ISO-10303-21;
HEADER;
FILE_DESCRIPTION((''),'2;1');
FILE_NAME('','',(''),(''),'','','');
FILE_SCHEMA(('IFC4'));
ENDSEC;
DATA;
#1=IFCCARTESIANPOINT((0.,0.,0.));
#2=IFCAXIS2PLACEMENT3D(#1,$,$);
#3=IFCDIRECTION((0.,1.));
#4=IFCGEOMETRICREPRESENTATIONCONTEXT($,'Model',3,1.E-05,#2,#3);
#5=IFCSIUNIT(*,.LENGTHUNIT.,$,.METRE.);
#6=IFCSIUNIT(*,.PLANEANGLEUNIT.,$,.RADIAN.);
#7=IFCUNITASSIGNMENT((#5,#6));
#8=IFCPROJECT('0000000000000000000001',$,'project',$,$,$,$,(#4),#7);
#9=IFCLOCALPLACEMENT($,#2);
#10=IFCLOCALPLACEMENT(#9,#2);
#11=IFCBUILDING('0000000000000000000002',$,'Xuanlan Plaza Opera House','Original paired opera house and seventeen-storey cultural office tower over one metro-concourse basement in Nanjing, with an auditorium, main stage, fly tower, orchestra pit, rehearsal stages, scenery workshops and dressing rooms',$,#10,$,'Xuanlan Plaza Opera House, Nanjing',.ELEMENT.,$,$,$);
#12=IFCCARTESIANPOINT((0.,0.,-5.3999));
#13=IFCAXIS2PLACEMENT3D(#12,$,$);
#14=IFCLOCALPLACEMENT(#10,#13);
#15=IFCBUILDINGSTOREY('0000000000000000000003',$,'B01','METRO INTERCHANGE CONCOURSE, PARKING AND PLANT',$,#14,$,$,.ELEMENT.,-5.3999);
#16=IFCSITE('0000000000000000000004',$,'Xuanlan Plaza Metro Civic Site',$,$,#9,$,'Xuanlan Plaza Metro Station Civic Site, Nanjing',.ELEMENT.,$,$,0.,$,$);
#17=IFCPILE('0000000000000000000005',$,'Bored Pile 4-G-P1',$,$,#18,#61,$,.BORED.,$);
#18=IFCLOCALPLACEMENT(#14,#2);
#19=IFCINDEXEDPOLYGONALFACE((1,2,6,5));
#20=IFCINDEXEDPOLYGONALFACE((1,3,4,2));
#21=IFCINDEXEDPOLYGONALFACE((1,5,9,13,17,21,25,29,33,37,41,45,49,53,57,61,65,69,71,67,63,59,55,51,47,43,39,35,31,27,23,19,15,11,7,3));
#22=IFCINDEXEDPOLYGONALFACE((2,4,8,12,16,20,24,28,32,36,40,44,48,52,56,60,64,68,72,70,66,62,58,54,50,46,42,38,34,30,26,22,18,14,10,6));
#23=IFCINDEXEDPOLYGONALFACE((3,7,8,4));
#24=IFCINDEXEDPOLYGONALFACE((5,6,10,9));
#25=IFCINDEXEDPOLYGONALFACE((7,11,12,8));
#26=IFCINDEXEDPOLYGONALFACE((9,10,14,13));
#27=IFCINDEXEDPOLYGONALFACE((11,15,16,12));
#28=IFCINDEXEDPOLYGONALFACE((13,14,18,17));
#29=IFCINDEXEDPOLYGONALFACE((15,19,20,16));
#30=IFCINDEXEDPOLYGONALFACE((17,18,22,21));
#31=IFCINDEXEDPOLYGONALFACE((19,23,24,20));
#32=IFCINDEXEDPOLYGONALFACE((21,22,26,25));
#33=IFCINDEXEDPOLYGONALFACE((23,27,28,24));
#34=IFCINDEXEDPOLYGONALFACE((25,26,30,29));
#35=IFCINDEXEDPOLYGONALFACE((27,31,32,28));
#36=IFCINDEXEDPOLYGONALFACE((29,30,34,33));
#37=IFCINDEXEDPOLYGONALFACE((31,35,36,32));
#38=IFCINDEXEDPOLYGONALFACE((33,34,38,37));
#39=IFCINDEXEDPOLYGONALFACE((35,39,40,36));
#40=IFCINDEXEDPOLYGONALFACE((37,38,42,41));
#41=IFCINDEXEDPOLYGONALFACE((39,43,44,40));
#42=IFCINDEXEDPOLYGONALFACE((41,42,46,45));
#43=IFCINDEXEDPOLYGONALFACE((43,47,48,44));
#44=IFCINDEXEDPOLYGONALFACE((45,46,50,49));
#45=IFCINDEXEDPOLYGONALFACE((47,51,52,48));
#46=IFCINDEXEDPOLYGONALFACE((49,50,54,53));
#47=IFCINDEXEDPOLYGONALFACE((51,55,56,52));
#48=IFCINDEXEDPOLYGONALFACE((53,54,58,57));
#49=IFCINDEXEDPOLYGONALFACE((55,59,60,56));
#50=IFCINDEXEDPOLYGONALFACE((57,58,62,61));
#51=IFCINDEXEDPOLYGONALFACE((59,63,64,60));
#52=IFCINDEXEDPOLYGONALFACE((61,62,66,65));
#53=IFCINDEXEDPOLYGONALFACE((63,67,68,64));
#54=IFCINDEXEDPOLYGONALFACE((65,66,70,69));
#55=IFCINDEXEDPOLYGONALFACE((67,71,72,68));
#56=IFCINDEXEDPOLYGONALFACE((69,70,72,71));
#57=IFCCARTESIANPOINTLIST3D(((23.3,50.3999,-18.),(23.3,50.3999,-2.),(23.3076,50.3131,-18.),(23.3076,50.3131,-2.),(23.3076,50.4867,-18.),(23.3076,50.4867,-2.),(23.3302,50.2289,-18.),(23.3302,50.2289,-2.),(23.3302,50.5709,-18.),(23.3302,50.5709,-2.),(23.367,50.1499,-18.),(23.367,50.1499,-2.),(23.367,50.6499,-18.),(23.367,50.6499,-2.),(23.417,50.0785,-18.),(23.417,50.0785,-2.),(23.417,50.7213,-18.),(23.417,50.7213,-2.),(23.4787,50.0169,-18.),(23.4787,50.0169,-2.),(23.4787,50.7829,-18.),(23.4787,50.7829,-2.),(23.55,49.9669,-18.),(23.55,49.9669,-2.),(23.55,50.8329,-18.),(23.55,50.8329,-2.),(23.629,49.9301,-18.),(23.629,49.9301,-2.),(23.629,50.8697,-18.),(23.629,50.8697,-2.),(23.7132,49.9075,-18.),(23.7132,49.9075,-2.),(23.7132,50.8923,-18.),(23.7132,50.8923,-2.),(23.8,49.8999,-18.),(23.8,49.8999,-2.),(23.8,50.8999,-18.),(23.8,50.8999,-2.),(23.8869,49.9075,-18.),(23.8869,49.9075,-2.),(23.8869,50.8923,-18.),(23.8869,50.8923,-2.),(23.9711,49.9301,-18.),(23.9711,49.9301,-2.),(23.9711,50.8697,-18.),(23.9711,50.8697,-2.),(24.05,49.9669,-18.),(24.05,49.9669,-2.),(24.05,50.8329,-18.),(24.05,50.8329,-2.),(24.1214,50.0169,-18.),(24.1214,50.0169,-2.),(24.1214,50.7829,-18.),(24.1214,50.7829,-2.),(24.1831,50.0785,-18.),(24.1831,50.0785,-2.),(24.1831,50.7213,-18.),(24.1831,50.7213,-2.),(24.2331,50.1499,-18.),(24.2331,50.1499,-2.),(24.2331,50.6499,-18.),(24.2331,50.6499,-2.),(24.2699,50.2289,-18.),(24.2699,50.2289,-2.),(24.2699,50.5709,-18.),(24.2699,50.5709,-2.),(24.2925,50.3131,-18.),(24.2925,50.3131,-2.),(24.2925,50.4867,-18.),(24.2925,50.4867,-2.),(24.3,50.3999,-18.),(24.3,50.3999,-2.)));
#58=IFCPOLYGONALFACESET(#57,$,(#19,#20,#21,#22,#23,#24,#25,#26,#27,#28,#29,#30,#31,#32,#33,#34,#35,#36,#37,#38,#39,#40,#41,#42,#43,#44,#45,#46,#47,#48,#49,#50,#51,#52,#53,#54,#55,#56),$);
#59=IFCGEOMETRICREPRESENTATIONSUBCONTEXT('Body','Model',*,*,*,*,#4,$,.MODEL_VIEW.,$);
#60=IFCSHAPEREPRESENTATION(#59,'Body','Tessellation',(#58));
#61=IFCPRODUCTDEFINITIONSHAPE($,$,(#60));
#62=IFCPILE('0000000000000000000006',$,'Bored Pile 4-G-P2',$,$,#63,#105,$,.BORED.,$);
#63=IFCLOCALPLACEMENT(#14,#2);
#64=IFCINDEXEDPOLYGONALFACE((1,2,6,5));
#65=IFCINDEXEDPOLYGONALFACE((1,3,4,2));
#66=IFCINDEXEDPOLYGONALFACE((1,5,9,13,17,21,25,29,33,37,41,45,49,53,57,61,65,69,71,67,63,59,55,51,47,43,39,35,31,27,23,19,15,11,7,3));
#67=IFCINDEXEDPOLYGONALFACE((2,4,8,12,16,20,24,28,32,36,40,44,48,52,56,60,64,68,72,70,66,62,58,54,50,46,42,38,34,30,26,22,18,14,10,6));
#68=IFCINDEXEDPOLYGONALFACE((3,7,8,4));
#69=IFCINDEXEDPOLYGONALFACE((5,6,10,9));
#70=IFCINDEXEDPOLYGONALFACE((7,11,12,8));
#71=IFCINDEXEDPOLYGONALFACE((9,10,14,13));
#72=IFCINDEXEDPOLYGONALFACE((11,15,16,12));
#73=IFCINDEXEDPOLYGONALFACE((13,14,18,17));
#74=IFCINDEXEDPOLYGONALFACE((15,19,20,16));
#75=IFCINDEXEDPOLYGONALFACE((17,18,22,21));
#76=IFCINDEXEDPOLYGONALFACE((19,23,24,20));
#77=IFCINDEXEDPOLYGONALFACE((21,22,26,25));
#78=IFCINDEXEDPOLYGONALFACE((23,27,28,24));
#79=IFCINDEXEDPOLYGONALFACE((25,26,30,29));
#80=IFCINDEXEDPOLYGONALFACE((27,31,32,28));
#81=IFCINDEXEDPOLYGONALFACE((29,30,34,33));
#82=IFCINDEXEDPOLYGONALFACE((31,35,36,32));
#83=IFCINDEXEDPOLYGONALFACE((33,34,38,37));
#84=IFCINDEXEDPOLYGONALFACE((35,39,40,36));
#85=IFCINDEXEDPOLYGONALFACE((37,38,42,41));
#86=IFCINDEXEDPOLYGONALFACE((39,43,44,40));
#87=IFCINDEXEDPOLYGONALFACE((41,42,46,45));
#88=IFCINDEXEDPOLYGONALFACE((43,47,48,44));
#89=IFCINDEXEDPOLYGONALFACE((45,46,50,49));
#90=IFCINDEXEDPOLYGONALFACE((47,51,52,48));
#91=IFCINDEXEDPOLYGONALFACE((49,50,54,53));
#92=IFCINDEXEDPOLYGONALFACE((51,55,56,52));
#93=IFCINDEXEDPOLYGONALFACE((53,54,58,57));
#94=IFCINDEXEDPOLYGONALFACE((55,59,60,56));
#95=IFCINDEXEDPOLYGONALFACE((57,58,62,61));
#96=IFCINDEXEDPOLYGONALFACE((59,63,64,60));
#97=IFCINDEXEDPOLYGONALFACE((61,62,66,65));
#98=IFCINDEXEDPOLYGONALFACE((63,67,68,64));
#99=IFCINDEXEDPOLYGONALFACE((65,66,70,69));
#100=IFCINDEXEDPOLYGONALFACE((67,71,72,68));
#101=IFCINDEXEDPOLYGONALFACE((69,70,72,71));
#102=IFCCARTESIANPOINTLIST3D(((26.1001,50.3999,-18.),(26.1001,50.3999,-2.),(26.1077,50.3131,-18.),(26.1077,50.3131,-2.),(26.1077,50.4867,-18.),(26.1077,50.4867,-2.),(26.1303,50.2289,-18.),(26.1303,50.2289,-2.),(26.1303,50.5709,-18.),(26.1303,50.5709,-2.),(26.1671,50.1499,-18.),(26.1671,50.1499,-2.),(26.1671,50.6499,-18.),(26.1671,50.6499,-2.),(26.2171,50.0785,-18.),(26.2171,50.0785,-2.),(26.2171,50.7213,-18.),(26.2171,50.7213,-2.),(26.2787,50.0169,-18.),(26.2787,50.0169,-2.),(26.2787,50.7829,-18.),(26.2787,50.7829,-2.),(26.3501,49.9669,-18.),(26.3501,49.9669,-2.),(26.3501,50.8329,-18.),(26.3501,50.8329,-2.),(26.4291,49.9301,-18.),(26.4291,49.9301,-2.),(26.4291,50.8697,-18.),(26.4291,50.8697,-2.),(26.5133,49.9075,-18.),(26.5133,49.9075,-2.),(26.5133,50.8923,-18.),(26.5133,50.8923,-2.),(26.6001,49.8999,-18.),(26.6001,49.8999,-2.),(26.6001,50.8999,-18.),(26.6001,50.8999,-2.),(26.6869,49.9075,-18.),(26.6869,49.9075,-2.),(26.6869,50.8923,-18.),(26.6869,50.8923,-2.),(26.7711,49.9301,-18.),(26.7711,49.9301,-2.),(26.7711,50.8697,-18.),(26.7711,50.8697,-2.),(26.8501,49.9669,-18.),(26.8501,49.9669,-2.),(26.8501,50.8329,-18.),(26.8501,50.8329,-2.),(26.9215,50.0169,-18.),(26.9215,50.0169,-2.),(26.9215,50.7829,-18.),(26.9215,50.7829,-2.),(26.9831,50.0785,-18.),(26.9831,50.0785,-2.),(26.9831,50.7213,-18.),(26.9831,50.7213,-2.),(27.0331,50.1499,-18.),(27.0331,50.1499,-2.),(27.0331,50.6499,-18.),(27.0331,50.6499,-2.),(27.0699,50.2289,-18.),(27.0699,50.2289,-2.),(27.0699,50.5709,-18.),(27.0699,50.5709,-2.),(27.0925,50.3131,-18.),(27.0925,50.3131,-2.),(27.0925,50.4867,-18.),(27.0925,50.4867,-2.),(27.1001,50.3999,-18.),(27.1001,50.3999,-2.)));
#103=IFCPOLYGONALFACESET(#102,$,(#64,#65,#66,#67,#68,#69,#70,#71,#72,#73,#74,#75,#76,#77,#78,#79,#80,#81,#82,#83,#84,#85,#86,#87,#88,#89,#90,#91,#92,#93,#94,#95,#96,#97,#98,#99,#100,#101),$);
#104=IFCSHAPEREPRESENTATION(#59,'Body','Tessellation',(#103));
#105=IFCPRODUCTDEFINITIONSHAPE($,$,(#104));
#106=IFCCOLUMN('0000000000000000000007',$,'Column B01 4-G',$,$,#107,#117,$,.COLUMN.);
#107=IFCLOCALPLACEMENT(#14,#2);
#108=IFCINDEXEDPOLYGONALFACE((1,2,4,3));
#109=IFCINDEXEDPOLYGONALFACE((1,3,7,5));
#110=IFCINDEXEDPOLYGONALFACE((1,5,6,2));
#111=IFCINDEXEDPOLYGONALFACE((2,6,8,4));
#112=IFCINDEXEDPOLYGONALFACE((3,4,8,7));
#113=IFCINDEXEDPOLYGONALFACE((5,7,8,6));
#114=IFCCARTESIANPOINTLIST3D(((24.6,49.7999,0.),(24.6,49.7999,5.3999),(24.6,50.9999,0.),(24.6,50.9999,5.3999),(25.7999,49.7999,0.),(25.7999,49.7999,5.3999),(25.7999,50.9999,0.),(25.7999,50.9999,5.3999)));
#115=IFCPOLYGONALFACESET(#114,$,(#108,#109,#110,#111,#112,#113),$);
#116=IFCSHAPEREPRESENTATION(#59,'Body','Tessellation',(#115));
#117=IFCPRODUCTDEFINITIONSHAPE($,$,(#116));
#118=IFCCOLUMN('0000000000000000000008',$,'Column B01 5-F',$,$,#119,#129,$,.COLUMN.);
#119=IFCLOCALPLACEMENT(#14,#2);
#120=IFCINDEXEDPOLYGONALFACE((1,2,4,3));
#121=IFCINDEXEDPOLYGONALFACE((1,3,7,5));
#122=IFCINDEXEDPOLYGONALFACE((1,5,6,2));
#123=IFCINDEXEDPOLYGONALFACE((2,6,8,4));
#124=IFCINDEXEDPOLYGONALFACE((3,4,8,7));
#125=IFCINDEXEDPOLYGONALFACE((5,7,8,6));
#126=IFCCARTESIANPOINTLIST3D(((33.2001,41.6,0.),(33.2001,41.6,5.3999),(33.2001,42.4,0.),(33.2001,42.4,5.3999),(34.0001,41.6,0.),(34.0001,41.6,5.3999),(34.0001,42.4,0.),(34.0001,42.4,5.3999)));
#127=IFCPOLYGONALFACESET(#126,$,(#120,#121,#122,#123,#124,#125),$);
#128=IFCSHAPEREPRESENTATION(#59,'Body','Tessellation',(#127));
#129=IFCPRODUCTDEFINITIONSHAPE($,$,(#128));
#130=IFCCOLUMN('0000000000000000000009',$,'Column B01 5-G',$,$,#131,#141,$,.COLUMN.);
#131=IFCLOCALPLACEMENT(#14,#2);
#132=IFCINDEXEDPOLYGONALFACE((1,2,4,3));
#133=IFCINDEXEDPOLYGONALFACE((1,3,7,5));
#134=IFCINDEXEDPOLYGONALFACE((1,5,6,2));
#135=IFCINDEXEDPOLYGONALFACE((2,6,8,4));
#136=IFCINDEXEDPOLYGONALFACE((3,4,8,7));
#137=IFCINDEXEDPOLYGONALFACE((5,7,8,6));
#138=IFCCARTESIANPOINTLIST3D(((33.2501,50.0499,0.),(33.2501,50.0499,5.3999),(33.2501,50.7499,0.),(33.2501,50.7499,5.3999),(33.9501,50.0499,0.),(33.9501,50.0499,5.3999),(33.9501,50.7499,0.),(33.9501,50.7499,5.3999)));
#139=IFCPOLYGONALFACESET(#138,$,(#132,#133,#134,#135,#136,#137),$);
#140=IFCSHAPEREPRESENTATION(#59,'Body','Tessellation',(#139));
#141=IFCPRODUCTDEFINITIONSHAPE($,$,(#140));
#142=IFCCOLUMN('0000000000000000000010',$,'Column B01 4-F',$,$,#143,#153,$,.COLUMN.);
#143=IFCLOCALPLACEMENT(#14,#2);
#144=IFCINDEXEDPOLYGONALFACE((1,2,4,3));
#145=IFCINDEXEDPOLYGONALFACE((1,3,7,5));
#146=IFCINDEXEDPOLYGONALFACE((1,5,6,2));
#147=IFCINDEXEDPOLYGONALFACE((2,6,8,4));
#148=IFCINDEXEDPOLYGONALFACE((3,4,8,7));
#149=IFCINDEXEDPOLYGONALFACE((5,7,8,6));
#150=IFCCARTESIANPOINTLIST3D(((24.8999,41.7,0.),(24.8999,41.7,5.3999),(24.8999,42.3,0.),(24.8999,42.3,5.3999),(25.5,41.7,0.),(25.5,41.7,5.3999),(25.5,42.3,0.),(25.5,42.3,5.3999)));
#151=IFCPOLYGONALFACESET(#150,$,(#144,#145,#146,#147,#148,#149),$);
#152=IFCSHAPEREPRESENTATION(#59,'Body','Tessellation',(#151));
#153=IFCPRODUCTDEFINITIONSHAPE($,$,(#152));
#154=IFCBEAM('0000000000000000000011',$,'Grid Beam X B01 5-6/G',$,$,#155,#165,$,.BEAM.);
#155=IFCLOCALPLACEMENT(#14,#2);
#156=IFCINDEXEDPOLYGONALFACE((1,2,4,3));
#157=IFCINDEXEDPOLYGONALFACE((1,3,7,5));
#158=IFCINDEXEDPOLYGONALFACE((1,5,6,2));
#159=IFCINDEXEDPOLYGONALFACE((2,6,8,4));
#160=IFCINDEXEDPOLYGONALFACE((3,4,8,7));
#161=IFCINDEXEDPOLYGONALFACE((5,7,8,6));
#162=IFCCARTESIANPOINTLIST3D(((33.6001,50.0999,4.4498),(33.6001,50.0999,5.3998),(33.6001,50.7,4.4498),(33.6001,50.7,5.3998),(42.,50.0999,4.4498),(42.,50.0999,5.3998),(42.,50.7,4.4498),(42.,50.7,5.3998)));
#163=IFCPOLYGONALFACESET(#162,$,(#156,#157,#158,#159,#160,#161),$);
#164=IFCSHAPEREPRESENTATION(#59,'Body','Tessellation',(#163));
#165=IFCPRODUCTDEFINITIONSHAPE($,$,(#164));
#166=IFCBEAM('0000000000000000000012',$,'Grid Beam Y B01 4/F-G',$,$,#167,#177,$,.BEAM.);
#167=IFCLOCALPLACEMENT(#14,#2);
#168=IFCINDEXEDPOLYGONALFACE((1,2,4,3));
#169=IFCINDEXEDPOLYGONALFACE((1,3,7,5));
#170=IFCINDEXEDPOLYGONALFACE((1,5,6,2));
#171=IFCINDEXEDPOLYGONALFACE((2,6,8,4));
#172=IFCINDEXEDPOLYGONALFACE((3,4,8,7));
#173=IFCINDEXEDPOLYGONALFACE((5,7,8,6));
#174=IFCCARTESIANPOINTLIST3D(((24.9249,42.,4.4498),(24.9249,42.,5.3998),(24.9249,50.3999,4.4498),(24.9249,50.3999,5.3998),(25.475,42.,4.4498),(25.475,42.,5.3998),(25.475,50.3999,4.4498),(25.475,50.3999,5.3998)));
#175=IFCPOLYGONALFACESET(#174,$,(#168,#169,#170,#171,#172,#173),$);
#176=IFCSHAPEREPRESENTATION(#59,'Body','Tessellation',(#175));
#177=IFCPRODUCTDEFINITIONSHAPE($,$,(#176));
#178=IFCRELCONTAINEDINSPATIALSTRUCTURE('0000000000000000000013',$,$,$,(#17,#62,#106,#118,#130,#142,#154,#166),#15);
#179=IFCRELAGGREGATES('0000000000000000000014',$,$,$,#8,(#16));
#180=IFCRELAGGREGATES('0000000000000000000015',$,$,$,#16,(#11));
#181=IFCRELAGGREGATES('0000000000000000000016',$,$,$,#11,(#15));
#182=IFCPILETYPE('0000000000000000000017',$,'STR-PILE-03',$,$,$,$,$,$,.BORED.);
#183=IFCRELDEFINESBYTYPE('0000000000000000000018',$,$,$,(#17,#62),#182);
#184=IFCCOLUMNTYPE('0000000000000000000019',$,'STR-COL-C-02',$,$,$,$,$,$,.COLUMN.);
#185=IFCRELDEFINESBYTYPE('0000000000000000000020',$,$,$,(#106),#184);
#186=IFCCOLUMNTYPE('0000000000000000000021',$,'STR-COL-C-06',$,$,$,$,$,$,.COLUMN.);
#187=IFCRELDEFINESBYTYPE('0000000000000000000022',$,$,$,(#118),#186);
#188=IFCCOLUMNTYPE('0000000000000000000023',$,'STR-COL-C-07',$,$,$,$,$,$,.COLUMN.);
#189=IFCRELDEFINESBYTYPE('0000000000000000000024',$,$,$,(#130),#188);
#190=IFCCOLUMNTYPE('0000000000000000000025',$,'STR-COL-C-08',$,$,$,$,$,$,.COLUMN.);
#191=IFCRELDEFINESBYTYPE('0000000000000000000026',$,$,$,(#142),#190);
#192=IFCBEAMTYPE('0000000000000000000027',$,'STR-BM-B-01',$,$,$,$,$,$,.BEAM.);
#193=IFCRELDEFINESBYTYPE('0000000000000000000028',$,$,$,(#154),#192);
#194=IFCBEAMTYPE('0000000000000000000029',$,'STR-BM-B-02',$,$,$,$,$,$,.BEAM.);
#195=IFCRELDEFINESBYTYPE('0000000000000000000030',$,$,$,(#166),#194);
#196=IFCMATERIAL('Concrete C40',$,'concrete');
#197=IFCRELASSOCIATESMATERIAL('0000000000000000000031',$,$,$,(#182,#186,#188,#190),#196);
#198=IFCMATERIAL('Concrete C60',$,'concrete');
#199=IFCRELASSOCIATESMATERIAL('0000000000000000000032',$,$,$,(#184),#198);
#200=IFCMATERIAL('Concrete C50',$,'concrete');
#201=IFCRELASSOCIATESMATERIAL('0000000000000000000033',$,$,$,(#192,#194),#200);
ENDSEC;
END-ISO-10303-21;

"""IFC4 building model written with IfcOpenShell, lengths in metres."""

from ifc_helpers import new_model, si_unit, direction, frame, origin, origin_2d, place, context, subcontext, project, spatial, rectangle, circle, extrude, material, material_profile, profile_set, type_object, element, save


model = new_model("IFC4")

# Units and contexts
model_context = context("Model", 3, precision=1e-05, world=origin(), true_north=direction((0.0, 1.0)))
body_context = subcontext(model_context, "Body", "Model", "MODEL_VIEW")
ifc_project = project(units=[si_unit("LENGTHUNIT", "METRE"), si_unit("PLANEANGLEUNIT", "RADIAN")], contexts=[model_context])

# Site, building, storey
site_placement = place(None, origin())
site = spatial("IfcSite", under=ifc_project, at=site_placement, Name="Xuanlan Plaza Metro Civic Site", LongName="Xuanlan Plaza Metro Station Civic Site, Nanjing", CompositionType="ELEMENT", RefElevation=0.0)
building_placement = place(site_placement, origin())
building = spatial("IfcBuilding", under=site, at=building_placement, Name="Xuanlan Plaza Opera House", Description="Original paired opera house and seventeen-storey cultural office tower over one metro-concourse basement in Nanjing, with an auditorium, main stage, fly tower, orchestra pit, rehearsal stages, scenery workshops and dressing rooms", LongName="Xuanlan Plaza Opera House, Nanjing", CompositionType="ELEMENT")
storey_placement = place(building_placement, frame((0.0, 0.0, -5.3999)))
storey = spatial("IfcBuildingStorey", under=building, at=storey_placement, Name="B01", Description="METRO INTERCHANGE CONCOURSE, PARKING AND PLANT", CompositionType="ELEMENT", Elevation=-5.3999)

# Shared definitions
ifc_material_1 = material(Name="Concrete C40", Category="concrete")
ifc_material_2 = material(Name="Concrete C50", Category="concrete")

# Piles
ifc_material_profile_1 = material_profile(ifc_material_1, circle(Radius=0.5, at=origin_2d()), Name="PILE D1000")
ifc_profile_set_1 = profile_set([ifc_material_profile_1], Name="Concrete C40")
pile_type_1 = type_object("IfcPileType", Name="STR-PILE-03", PredefinedType="BORED", material=ifc_profile_set_1)
for number, where, z_axis, x_axis, name in (
    (1, (23.8, 50.3999, -2.0), (0.0, 0.0, -1.0), (1.0, 0.0, 0.0), "Bored Pile 4-G-P1"),
    (2, (26.6001, 50.3999, -2.0), (0.0, 0.0, -1.0), (1.0, 0.0, 0.0), "Bored Pile 4-G-P2"),
):
    element("IfcPile", number, at=place(storey_placement, frame(where, z_axis=z_axis, x_axis=x_axis)), inside=storey, type_object=pile_type_1, Name=name, PredefinedType="BORED", context=body_context, shape_type="SweptSolid", body=[
        extrude(circle(Radius=0.5, at=origin_2d()), origin(), (0.0, 0.0, 1.0), 16.0),
    ])

# Columns
ifc_material_3 = material(Name="Concrete C60", Category="concrete")
ifc_material_profile_2 = material_profile(ifc_material_3, rectangle(XDim=1.2, YDim=1.2, at=origin_2d()), Name="RC-COL 1200x1200")
ifc_profile_set_2 = profile_set([ifc_material_profile_2], Name="Concrete C60")
column_type_1 = type_object("IfcColumnType", Name="STR-COL-C-02", PredefinedType="COLUMN", material=ifc_profile_set_2)
column_1_placement = place(storey_placement, frame((25.2, 50.3999, 0.0), z_axis=(0.0, 0.0, 1.0), x_axis=(1.0, 0.0, 0.0)))
element("IfcColumn", 3, at=column_1_placement, inside=storey, type_object=column_type_1, Name="Column B01 4-G", PredefinedType="COLUMN", context=body_context, shape_type="SweptSolid", body=[
    extrude(rectangle(XDim=1.2, YDim=1.2, at=origin_2d()), origin(), (0.0, 0.0, 1.0), 5.3999),
])
ifc_material_profile_3 = material_profile(ifc_material_1, rectangle(XDim=0.8, YDim=0.8, at=origin_2d()), Name="RC-COL 800x800")
ifc_profile_set_3 = profile_set([ifc_material_profile_3], Name="Concrete C40")
column_type_2 = type_object("IfcColumnType", Name="STR-COL-C-06", PredefinedType="COLUMN", material=ifc_profile_set_3)
column_2_placement = place(storey_placement, frame((33.6001, 42.0, 0.0), z_axis=(0.0, 0.0, 1.0), x_axis=(1.0, 0.0, 0.0)))
element("IfcColumn", 4, at=column_2_placement, inside=storey, type_object=column_type_2, Name="Column B01 5-F", PredefinedType="COLUMN", context=body_context, shape_type="SweptSolid", body=[
    extrude(rectangle(XDim=0.8, YDim=0.8, at=origin_2d()), origin(), (0.0, 0.0, 1.0), 5.3999),
])
ifc_material_profile_4 = material_profile(ifc_material_1, rectangle(XDim=0.7, YDim=0.7, at=origin_2d()), Name="RC-COL 700x700")
ifc_profile_set_4 = profile_set([ifc_material_profile_4], Name="Concrete C40")
column_type_3 = type_object("IfcColumnType", Name="STR-COL-C-07", PredefinedType="COLUMN", material=ifc_profile_set_4)
column_3_placement = place(storey_placement, frame((33.6001, 50.3999, 0.0), z_axis=(0.0, 0.0, 1.0), x_axis=(1.0, 0.0, 0.0)))
element("IfcColumn", 5, at=column_3_placement, inside=storey, type_object=column_type_3, Name="Column B01 5-G", PredefinedType="COLUMN", context=body_context, shape_type="SweptSolid", body=[
    extrude(rectangle(XDim=0.7, YDim=0.7, at=origin_2d()), origin(), (0.0, 0.0, 1.0), 5.3999),
])
ifc_material_profile_5 = material_profile(ifc_material_1, rectangle(XDim=0.6001, YDim=0.6001, at=origin_2d()), Name="RC-COL 600x600")
ifc_profile_set_5 = profile_set([ifc_material_profile_5], Name="Concrete C40")
column_type_4 = type_object("IfcColumnType", Name="STR-COL-C-08", PredefinedType="COLUMN", material=ifc_profile_set_5)
column_4_placement = place(storey_placement, frame((25.2, 42.0, 0.0), z_axis=(0.0, 0.0, 1.0), x_axis=(1.0, 0.0, 0.0)))
element("IfcColumn", 6, at=column_4_placement, inside=storey, type_object=column_type_4, Name="Column B01 4-F", PredefinedType="COLUMN", context=body_context, shape_type="SweptSolid", body=[
    extrude(rectangle(XDim=0.6001, YDim=0.6001, at=origin_2d()), origin(), (0.0, 0.0, 1.0), 5.3999),
])

# Beams
ifc_material_profile_6 = material_profile(ifc_material_2, rectangle(XDim=0.6001, YDim=0.95, at=origin_2d()), Name="RC-BM 600x950")
ifc_profile_set_6 = profile_set([ifc_material_profile_6], Name="Concrete C50")
beam_type_1 = type_object("IfcBeamType", Name="STR-BM-B-01", PredefinedType="BEAM", material=ifc_profile_set_6)
beam_1_placement = place(storey_placement, frame((33.6001, 50.3999, 4.9248), z_axis=(1.0, 0.0, 0.0), x_axis=(0.0, 1.0, 0.0)))
element("IfcBeam", 7, at=beam_1_placement, inside=storey, type_object=beam_type_1, Name="Grid Beam X B01 5-6/G", PredefinedType="BEAM", context=body_context, shape_type="SweptSolid", body=[
    extrude(rectangle(XDim=0.6001, YDim=0.95, at=origin_2d()), origin(), (0.0, 0.0, 1.0), 8.3999),
])
ifc_material_profile_7 = material_profile(ifc_material_2, rectangle(XDim=0.55, YDim=0.95, at=origin_2d()), Name="RC-BM 550x950")
ifc_profile_set_7 = profile_set([ifc_material_profile_7], Name="Concrete C50")
beam_type_2 = type_object("IfcBeamType", Name="STR-BM-B-02", PredefinedType="BEAM", material=ifc_profile_set_7)
beam_2_placement = place(storey_placement, frame((25.2, 42.0, 4.9248), z_axis=(0.0, 1.0, 0.0), x_axis=(-1.0, 0.0, 0.0)))
element("IfcBeam", 8, at=beam_2_placement, inside=storey, type_object=beam_type_2, Name="Grid Beam Y B01 4/F-G", PredefinedType="BEAM", context=body_context, shape_type="SweptSolid", body=[
    extrude(rectangle(XDim=0.55, YDim=0.95, at=origin_2d()), origin(), (0.0, 0.0, 1.0), 8.3999),
])

save(model, "model.ifc")
